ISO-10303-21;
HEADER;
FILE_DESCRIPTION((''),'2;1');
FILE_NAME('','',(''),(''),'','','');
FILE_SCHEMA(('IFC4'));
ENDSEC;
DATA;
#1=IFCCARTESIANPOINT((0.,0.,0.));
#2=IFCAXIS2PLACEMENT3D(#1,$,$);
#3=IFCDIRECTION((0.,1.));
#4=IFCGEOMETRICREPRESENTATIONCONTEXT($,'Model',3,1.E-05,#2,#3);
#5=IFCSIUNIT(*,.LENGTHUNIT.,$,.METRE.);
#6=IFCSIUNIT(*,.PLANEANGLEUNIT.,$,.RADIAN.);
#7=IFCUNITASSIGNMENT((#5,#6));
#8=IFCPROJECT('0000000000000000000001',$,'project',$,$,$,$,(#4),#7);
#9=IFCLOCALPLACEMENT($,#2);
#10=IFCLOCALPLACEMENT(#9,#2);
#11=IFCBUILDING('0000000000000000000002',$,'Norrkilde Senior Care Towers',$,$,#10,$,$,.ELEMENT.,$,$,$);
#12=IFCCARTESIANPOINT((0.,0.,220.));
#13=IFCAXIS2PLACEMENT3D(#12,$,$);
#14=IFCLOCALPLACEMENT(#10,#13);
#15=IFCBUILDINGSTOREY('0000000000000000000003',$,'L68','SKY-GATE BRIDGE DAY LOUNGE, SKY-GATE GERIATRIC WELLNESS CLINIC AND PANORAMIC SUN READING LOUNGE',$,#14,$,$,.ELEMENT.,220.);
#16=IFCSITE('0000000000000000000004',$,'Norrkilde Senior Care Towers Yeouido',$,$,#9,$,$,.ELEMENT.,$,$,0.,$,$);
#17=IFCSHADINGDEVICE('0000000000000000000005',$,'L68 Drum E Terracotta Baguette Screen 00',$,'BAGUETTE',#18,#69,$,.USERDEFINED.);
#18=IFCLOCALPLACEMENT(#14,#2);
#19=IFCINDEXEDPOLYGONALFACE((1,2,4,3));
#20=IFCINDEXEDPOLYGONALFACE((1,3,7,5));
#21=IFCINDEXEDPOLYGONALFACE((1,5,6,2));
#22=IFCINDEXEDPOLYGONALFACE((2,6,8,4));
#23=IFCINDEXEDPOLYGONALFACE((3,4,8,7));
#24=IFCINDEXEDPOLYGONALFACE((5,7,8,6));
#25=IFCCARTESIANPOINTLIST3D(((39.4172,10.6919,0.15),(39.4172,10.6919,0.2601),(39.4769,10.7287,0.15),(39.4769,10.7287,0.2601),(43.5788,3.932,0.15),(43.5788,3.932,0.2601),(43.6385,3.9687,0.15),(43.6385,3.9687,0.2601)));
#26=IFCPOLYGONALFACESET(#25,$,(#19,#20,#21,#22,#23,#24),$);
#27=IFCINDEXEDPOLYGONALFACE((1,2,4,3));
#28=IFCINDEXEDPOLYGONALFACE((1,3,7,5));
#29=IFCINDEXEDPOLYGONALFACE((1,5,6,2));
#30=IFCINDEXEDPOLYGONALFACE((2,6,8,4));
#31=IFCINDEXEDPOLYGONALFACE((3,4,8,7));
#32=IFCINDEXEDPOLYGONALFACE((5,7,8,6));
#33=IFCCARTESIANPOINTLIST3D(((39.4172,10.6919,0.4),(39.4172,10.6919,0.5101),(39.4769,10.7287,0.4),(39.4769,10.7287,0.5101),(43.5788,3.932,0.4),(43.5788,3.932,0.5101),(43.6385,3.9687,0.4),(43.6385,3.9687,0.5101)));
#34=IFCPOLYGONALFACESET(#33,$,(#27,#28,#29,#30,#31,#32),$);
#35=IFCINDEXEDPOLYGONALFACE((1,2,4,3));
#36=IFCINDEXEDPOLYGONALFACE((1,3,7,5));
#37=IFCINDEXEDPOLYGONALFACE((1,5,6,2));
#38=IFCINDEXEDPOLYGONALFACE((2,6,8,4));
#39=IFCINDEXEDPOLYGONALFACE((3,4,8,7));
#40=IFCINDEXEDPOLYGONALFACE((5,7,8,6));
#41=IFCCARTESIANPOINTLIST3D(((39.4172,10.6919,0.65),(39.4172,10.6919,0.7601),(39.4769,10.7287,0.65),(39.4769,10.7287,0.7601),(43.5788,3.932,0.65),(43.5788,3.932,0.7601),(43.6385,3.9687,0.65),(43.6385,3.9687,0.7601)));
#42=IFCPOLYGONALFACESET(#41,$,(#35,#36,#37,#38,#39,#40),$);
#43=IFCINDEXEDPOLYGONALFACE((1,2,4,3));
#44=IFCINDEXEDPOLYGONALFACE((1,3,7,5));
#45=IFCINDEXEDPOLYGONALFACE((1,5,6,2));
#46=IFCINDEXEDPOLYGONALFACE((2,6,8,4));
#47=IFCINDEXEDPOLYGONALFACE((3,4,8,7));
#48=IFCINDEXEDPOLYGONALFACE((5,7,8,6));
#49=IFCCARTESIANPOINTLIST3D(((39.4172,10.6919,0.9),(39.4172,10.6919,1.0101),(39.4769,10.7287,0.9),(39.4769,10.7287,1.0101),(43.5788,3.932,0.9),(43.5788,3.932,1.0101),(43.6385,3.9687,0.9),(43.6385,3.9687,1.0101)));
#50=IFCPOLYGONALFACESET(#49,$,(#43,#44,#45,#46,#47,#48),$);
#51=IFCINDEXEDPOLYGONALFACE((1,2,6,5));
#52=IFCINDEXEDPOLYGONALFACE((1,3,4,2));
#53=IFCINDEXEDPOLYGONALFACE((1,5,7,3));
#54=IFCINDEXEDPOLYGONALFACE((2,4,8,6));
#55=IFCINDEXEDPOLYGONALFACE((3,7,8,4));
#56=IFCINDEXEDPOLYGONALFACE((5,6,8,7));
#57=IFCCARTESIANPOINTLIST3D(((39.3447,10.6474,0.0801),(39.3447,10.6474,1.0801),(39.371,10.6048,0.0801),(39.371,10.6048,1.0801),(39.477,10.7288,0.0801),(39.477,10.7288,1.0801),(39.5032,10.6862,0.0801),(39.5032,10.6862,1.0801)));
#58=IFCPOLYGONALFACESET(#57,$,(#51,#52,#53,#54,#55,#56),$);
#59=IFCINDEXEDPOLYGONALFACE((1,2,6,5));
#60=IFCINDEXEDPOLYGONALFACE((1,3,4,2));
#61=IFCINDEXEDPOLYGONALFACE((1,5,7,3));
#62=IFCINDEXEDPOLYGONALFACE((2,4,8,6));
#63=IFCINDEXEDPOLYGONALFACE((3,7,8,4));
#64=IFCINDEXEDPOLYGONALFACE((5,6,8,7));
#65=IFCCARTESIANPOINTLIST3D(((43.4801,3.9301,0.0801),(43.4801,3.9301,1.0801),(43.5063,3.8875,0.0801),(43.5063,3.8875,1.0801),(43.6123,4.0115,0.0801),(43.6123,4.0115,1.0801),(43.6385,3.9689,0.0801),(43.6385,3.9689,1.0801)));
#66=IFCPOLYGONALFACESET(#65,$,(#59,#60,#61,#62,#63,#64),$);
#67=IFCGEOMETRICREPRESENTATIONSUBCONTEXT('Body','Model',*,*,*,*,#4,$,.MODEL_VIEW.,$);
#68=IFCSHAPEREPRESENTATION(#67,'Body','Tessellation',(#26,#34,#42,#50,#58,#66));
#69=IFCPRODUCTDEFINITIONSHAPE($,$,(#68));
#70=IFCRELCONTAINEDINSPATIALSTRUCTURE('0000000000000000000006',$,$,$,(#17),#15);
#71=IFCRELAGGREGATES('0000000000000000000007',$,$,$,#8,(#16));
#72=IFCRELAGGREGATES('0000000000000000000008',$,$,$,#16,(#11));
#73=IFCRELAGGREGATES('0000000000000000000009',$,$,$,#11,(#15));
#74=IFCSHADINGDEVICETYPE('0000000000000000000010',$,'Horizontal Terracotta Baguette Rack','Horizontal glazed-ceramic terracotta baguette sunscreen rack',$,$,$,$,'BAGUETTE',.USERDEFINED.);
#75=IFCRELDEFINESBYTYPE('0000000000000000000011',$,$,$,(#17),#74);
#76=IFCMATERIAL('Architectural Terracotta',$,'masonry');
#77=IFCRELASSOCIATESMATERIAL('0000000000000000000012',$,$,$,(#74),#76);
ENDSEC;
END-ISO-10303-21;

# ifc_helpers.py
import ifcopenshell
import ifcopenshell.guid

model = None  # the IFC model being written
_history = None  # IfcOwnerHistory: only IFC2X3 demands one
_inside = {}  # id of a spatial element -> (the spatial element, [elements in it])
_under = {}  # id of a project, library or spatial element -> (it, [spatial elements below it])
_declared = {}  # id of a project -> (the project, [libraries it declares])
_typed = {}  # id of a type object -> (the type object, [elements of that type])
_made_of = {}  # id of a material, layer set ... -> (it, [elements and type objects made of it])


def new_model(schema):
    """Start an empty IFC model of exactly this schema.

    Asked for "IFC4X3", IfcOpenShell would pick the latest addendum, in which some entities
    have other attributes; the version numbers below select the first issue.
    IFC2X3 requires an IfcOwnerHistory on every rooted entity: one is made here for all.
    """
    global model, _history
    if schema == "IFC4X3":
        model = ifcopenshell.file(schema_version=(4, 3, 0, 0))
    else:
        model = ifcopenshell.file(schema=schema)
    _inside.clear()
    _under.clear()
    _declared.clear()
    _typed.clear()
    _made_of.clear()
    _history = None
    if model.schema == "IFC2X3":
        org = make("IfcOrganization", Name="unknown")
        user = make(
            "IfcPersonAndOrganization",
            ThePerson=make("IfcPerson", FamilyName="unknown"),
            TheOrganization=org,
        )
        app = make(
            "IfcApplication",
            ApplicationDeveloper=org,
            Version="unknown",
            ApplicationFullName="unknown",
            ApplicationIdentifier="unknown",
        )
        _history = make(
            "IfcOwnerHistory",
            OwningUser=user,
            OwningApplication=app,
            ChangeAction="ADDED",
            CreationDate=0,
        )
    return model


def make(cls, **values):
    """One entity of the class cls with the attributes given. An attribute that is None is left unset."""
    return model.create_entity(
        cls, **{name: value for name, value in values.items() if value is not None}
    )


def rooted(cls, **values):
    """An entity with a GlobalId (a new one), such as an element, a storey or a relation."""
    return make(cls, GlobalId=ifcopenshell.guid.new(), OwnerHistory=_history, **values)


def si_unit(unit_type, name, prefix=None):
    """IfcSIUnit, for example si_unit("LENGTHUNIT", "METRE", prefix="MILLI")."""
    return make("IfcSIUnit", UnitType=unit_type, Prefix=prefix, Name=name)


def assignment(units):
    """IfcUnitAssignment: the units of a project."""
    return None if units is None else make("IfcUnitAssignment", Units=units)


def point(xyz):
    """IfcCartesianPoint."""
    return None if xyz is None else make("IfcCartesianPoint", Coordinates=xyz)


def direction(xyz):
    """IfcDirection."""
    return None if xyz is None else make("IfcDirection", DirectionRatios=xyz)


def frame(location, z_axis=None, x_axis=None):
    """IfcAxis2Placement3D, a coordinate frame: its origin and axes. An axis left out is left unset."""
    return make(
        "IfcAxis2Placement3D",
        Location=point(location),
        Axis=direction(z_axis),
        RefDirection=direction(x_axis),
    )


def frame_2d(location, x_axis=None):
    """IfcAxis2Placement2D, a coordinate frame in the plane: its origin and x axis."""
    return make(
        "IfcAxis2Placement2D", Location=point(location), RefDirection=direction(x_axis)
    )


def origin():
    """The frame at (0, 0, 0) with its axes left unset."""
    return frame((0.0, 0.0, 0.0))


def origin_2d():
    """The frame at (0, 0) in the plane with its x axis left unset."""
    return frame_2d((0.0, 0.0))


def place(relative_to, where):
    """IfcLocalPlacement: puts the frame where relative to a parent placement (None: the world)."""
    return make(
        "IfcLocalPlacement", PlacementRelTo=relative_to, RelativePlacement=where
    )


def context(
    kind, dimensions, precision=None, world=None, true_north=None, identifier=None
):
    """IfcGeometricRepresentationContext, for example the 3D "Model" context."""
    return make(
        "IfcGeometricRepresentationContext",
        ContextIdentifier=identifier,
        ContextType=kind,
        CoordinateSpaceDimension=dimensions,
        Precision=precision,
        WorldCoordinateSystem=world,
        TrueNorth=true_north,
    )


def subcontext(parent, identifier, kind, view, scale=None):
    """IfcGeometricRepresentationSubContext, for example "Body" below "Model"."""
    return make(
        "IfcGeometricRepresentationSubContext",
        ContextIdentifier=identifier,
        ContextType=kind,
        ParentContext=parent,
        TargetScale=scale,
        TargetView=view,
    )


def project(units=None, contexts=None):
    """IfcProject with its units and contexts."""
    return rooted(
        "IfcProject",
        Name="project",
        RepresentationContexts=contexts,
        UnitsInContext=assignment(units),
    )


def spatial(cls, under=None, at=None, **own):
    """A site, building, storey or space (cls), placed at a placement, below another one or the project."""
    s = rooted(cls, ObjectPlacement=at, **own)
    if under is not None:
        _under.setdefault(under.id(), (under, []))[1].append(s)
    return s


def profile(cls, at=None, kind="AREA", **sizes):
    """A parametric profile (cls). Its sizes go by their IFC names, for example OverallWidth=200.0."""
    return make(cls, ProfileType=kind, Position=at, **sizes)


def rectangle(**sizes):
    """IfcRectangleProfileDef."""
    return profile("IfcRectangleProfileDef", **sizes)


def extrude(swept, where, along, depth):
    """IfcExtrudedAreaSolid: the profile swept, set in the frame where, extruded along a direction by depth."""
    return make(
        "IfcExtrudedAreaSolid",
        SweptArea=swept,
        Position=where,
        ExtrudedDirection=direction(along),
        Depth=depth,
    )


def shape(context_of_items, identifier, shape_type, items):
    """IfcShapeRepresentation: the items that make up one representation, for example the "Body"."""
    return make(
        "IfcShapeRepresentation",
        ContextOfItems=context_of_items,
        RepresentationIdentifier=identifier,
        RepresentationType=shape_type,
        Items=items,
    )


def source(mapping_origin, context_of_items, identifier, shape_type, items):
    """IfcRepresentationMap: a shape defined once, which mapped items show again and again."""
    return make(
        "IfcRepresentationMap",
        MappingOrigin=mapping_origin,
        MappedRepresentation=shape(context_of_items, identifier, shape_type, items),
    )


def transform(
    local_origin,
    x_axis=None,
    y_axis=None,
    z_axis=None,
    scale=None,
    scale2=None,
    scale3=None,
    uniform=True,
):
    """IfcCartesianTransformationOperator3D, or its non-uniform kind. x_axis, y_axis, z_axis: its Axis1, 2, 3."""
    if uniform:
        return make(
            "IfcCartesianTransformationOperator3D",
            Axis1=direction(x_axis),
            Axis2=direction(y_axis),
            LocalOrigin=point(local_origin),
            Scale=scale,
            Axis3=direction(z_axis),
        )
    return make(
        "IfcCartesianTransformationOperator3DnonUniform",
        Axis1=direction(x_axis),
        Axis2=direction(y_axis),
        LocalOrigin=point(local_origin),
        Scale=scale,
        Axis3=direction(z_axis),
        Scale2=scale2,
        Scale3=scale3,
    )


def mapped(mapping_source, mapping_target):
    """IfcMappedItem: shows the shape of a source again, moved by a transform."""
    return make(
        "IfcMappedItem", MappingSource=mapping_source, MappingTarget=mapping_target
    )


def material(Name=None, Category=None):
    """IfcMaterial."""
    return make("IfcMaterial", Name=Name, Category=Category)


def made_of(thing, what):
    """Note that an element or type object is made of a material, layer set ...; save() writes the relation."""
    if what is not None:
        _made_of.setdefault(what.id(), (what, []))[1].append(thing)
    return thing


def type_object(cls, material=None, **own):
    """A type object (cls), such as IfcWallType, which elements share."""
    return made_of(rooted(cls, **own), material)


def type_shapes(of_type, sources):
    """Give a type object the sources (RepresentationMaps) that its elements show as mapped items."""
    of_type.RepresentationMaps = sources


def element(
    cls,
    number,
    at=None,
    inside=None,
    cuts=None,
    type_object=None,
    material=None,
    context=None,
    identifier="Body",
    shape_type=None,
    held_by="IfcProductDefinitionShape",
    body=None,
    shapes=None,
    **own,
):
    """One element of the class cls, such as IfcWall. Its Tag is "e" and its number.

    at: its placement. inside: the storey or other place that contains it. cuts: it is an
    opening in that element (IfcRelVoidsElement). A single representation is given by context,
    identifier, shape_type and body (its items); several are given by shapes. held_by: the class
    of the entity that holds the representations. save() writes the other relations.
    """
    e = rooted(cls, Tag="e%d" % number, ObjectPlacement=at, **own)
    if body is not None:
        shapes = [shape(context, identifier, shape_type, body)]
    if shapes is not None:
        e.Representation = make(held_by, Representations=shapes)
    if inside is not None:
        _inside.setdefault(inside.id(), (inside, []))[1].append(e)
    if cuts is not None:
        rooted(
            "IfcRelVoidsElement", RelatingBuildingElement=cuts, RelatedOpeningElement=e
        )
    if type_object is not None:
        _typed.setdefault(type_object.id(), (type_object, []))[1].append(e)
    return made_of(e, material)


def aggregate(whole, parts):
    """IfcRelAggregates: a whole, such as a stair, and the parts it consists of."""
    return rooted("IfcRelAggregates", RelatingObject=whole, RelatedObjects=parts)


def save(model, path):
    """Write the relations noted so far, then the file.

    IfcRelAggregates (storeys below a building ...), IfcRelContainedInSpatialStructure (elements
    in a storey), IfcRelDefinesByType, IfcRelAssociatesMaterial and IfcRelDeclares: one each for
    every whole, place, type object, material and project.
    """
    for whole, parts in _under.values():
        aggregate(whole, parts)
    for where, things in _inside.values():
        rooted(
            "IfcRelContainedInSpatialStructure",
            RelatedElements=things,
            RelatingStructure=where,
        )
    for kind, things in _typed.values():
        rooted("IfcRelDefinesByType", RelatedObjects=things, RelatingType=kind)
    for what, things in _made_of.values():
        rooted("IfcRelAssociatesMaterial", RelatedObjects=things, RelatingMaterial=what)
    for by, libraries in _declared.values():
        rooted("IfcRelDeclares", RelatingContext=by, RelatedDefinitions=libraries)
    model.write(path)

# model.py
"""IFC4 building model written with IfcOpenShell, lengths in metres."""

from ifc_helpers import new_model, si_unit, direction, frame, origin, origin_2d, place, context, subcontext, project, spatial, rectangle, extrude, source, transform, mapped, material, type_object, type_shapes, element, save


model = new_model("IFC4")

# Units and contexts
model_context = context("Model", 3, precision=1e-05, world=origin(), true_north=direction((0.0, 1.0)))
body_context = subcontext(model_context, "Body", "Model", "MODEL_VIEW")
ifc_project = project(units=[si_unit("LENGTHUNIT", "METRE"), si_unit("PLANEANGLEUNIT", "RADIAN")], contexts=[model_context])

# Site, building, storey
site_placement = place(None, origin())
site = spatial("IfcSite", under=ifc_project, at=site_placement, Name="Norrkilde Senior Care Towers Yeouido", CompositionType="ELEMENT", RefElevation=0.0)
building_placement = place(site_placement, origin())
building = spatial("IfcBuilding", under=site, at=building_placement, Name="Norrkilde Senior Care Towers", CompositionType="ELEMENT")
storey_placement = place(building_placement, frame((0.0, 0.0, 220.0)))
storey = spatial("IfcBuildingStorey", under=building, at=storey_placement, Name="L68", Description="SKY-GATE BRIDGE DAY LOUNGE, SKY-GATE GERIATRIC WELLNESS CLINIC AND PANORAMIC SUN READING LOUNGE", CompositionType="ELEMENT", Elevation=220.0)

# Shading device
ifc_material_1 = material(Name="Architectural Terracotta", Category="masonry")
shading_device_type = type_object("IfcShadingDeviceType", Name="Horizontal Terracotta Baguette Rack", Description="Horizontal glazed-ceramic terracotta baguette sunscreen rack", ElementType="BAGUETTE", PredefinedType="USERDEFINED", material=ifc_material_1)
shared_shape_1 = source(origin(), body_context, "Body", "SweptSolid", [
    extrude(rectangle(XDim=0.0701, YDim=0.1101, at=origin_2d()), frame((0.0, 0.0901, 0.125), z_axis=(1.0, 0.0, 0.0), x_axis=(0.0, 1.0, 0.0)), (0.0, 0.0, 1.0), 7.9382),
    extrude(rectangle(XDim=0.0701, YDim=0.1101, at=origin_2d()), frame((0.0, 0.0901, 0.375), z_axis=(1.0, 0.0, 0.0), x_axis=(0.0, 1.0, 0.0)), (0.0, 0.0, 1.0), 7.9382),
    extrude(rectangle(XDim=0.0701, YDim=0.1101, at=origin_2d()), frame((0.0, 0.0901, 0.625), z_axis=(1.0, 0.0, 0.0), x_axis=(0.0, 1.0, 0.0)), (0.0, 0.0, 1.0), 7.9382),
    extrude(rectangle(XDim=0.0701, YDim=0.1101, at=origin_2d()), frame((0.0, 0.0901, 0.875), z_axis=(1.0, 0.0, 0.0), x_axis=(0.0, 1.0, 0.0)), (0.0, 0.0, 1.0), 7.9382),
    extrude(rectangle(XDim=0.05, YDim=0.1553, at=origin_2d()), frame((0.0249, 0.0476, 0.0)), (0.0, 0.0, 1.0), 1.0),
    extrude(rectangle(XDim=0.05, YDim=0.1553, at=origin_2d()), frame((7.9131, 0.0476, 0.0)), (0.0, 0.0, 1.0), 1.0),
])
type_shapes(shading_device_type, [shared_shape_1])
shading_device_placement = place(storey_placement, frame((39.3704, 10.6631, 0.0801), z_axis=(0.0, 0.0, 1.0), x_axis=(0.52425, -0.851576, 0.0)))
element("IfcShadingDevice", 1, at=shading_device_placement, inside=storey, type_object=shading_device_type, Name="L68 Drum E Terracotta Baguette Screen 00", ObjectType="BAGUETTE", PredefinedType="USERDEFINED", context=body_context, shape_type="MappedRepresentation", body=[
    mapped(shared_shape_1, transform((0.0, 0.0, 0.0), x_axis=(1.0, 0.0, 0.0), y_axis=(0.0, 1.0, 0.0), z_axis=(0.0, 0.0, 1.0), scale=1.0)),
])

save(model, "model.ifc")
